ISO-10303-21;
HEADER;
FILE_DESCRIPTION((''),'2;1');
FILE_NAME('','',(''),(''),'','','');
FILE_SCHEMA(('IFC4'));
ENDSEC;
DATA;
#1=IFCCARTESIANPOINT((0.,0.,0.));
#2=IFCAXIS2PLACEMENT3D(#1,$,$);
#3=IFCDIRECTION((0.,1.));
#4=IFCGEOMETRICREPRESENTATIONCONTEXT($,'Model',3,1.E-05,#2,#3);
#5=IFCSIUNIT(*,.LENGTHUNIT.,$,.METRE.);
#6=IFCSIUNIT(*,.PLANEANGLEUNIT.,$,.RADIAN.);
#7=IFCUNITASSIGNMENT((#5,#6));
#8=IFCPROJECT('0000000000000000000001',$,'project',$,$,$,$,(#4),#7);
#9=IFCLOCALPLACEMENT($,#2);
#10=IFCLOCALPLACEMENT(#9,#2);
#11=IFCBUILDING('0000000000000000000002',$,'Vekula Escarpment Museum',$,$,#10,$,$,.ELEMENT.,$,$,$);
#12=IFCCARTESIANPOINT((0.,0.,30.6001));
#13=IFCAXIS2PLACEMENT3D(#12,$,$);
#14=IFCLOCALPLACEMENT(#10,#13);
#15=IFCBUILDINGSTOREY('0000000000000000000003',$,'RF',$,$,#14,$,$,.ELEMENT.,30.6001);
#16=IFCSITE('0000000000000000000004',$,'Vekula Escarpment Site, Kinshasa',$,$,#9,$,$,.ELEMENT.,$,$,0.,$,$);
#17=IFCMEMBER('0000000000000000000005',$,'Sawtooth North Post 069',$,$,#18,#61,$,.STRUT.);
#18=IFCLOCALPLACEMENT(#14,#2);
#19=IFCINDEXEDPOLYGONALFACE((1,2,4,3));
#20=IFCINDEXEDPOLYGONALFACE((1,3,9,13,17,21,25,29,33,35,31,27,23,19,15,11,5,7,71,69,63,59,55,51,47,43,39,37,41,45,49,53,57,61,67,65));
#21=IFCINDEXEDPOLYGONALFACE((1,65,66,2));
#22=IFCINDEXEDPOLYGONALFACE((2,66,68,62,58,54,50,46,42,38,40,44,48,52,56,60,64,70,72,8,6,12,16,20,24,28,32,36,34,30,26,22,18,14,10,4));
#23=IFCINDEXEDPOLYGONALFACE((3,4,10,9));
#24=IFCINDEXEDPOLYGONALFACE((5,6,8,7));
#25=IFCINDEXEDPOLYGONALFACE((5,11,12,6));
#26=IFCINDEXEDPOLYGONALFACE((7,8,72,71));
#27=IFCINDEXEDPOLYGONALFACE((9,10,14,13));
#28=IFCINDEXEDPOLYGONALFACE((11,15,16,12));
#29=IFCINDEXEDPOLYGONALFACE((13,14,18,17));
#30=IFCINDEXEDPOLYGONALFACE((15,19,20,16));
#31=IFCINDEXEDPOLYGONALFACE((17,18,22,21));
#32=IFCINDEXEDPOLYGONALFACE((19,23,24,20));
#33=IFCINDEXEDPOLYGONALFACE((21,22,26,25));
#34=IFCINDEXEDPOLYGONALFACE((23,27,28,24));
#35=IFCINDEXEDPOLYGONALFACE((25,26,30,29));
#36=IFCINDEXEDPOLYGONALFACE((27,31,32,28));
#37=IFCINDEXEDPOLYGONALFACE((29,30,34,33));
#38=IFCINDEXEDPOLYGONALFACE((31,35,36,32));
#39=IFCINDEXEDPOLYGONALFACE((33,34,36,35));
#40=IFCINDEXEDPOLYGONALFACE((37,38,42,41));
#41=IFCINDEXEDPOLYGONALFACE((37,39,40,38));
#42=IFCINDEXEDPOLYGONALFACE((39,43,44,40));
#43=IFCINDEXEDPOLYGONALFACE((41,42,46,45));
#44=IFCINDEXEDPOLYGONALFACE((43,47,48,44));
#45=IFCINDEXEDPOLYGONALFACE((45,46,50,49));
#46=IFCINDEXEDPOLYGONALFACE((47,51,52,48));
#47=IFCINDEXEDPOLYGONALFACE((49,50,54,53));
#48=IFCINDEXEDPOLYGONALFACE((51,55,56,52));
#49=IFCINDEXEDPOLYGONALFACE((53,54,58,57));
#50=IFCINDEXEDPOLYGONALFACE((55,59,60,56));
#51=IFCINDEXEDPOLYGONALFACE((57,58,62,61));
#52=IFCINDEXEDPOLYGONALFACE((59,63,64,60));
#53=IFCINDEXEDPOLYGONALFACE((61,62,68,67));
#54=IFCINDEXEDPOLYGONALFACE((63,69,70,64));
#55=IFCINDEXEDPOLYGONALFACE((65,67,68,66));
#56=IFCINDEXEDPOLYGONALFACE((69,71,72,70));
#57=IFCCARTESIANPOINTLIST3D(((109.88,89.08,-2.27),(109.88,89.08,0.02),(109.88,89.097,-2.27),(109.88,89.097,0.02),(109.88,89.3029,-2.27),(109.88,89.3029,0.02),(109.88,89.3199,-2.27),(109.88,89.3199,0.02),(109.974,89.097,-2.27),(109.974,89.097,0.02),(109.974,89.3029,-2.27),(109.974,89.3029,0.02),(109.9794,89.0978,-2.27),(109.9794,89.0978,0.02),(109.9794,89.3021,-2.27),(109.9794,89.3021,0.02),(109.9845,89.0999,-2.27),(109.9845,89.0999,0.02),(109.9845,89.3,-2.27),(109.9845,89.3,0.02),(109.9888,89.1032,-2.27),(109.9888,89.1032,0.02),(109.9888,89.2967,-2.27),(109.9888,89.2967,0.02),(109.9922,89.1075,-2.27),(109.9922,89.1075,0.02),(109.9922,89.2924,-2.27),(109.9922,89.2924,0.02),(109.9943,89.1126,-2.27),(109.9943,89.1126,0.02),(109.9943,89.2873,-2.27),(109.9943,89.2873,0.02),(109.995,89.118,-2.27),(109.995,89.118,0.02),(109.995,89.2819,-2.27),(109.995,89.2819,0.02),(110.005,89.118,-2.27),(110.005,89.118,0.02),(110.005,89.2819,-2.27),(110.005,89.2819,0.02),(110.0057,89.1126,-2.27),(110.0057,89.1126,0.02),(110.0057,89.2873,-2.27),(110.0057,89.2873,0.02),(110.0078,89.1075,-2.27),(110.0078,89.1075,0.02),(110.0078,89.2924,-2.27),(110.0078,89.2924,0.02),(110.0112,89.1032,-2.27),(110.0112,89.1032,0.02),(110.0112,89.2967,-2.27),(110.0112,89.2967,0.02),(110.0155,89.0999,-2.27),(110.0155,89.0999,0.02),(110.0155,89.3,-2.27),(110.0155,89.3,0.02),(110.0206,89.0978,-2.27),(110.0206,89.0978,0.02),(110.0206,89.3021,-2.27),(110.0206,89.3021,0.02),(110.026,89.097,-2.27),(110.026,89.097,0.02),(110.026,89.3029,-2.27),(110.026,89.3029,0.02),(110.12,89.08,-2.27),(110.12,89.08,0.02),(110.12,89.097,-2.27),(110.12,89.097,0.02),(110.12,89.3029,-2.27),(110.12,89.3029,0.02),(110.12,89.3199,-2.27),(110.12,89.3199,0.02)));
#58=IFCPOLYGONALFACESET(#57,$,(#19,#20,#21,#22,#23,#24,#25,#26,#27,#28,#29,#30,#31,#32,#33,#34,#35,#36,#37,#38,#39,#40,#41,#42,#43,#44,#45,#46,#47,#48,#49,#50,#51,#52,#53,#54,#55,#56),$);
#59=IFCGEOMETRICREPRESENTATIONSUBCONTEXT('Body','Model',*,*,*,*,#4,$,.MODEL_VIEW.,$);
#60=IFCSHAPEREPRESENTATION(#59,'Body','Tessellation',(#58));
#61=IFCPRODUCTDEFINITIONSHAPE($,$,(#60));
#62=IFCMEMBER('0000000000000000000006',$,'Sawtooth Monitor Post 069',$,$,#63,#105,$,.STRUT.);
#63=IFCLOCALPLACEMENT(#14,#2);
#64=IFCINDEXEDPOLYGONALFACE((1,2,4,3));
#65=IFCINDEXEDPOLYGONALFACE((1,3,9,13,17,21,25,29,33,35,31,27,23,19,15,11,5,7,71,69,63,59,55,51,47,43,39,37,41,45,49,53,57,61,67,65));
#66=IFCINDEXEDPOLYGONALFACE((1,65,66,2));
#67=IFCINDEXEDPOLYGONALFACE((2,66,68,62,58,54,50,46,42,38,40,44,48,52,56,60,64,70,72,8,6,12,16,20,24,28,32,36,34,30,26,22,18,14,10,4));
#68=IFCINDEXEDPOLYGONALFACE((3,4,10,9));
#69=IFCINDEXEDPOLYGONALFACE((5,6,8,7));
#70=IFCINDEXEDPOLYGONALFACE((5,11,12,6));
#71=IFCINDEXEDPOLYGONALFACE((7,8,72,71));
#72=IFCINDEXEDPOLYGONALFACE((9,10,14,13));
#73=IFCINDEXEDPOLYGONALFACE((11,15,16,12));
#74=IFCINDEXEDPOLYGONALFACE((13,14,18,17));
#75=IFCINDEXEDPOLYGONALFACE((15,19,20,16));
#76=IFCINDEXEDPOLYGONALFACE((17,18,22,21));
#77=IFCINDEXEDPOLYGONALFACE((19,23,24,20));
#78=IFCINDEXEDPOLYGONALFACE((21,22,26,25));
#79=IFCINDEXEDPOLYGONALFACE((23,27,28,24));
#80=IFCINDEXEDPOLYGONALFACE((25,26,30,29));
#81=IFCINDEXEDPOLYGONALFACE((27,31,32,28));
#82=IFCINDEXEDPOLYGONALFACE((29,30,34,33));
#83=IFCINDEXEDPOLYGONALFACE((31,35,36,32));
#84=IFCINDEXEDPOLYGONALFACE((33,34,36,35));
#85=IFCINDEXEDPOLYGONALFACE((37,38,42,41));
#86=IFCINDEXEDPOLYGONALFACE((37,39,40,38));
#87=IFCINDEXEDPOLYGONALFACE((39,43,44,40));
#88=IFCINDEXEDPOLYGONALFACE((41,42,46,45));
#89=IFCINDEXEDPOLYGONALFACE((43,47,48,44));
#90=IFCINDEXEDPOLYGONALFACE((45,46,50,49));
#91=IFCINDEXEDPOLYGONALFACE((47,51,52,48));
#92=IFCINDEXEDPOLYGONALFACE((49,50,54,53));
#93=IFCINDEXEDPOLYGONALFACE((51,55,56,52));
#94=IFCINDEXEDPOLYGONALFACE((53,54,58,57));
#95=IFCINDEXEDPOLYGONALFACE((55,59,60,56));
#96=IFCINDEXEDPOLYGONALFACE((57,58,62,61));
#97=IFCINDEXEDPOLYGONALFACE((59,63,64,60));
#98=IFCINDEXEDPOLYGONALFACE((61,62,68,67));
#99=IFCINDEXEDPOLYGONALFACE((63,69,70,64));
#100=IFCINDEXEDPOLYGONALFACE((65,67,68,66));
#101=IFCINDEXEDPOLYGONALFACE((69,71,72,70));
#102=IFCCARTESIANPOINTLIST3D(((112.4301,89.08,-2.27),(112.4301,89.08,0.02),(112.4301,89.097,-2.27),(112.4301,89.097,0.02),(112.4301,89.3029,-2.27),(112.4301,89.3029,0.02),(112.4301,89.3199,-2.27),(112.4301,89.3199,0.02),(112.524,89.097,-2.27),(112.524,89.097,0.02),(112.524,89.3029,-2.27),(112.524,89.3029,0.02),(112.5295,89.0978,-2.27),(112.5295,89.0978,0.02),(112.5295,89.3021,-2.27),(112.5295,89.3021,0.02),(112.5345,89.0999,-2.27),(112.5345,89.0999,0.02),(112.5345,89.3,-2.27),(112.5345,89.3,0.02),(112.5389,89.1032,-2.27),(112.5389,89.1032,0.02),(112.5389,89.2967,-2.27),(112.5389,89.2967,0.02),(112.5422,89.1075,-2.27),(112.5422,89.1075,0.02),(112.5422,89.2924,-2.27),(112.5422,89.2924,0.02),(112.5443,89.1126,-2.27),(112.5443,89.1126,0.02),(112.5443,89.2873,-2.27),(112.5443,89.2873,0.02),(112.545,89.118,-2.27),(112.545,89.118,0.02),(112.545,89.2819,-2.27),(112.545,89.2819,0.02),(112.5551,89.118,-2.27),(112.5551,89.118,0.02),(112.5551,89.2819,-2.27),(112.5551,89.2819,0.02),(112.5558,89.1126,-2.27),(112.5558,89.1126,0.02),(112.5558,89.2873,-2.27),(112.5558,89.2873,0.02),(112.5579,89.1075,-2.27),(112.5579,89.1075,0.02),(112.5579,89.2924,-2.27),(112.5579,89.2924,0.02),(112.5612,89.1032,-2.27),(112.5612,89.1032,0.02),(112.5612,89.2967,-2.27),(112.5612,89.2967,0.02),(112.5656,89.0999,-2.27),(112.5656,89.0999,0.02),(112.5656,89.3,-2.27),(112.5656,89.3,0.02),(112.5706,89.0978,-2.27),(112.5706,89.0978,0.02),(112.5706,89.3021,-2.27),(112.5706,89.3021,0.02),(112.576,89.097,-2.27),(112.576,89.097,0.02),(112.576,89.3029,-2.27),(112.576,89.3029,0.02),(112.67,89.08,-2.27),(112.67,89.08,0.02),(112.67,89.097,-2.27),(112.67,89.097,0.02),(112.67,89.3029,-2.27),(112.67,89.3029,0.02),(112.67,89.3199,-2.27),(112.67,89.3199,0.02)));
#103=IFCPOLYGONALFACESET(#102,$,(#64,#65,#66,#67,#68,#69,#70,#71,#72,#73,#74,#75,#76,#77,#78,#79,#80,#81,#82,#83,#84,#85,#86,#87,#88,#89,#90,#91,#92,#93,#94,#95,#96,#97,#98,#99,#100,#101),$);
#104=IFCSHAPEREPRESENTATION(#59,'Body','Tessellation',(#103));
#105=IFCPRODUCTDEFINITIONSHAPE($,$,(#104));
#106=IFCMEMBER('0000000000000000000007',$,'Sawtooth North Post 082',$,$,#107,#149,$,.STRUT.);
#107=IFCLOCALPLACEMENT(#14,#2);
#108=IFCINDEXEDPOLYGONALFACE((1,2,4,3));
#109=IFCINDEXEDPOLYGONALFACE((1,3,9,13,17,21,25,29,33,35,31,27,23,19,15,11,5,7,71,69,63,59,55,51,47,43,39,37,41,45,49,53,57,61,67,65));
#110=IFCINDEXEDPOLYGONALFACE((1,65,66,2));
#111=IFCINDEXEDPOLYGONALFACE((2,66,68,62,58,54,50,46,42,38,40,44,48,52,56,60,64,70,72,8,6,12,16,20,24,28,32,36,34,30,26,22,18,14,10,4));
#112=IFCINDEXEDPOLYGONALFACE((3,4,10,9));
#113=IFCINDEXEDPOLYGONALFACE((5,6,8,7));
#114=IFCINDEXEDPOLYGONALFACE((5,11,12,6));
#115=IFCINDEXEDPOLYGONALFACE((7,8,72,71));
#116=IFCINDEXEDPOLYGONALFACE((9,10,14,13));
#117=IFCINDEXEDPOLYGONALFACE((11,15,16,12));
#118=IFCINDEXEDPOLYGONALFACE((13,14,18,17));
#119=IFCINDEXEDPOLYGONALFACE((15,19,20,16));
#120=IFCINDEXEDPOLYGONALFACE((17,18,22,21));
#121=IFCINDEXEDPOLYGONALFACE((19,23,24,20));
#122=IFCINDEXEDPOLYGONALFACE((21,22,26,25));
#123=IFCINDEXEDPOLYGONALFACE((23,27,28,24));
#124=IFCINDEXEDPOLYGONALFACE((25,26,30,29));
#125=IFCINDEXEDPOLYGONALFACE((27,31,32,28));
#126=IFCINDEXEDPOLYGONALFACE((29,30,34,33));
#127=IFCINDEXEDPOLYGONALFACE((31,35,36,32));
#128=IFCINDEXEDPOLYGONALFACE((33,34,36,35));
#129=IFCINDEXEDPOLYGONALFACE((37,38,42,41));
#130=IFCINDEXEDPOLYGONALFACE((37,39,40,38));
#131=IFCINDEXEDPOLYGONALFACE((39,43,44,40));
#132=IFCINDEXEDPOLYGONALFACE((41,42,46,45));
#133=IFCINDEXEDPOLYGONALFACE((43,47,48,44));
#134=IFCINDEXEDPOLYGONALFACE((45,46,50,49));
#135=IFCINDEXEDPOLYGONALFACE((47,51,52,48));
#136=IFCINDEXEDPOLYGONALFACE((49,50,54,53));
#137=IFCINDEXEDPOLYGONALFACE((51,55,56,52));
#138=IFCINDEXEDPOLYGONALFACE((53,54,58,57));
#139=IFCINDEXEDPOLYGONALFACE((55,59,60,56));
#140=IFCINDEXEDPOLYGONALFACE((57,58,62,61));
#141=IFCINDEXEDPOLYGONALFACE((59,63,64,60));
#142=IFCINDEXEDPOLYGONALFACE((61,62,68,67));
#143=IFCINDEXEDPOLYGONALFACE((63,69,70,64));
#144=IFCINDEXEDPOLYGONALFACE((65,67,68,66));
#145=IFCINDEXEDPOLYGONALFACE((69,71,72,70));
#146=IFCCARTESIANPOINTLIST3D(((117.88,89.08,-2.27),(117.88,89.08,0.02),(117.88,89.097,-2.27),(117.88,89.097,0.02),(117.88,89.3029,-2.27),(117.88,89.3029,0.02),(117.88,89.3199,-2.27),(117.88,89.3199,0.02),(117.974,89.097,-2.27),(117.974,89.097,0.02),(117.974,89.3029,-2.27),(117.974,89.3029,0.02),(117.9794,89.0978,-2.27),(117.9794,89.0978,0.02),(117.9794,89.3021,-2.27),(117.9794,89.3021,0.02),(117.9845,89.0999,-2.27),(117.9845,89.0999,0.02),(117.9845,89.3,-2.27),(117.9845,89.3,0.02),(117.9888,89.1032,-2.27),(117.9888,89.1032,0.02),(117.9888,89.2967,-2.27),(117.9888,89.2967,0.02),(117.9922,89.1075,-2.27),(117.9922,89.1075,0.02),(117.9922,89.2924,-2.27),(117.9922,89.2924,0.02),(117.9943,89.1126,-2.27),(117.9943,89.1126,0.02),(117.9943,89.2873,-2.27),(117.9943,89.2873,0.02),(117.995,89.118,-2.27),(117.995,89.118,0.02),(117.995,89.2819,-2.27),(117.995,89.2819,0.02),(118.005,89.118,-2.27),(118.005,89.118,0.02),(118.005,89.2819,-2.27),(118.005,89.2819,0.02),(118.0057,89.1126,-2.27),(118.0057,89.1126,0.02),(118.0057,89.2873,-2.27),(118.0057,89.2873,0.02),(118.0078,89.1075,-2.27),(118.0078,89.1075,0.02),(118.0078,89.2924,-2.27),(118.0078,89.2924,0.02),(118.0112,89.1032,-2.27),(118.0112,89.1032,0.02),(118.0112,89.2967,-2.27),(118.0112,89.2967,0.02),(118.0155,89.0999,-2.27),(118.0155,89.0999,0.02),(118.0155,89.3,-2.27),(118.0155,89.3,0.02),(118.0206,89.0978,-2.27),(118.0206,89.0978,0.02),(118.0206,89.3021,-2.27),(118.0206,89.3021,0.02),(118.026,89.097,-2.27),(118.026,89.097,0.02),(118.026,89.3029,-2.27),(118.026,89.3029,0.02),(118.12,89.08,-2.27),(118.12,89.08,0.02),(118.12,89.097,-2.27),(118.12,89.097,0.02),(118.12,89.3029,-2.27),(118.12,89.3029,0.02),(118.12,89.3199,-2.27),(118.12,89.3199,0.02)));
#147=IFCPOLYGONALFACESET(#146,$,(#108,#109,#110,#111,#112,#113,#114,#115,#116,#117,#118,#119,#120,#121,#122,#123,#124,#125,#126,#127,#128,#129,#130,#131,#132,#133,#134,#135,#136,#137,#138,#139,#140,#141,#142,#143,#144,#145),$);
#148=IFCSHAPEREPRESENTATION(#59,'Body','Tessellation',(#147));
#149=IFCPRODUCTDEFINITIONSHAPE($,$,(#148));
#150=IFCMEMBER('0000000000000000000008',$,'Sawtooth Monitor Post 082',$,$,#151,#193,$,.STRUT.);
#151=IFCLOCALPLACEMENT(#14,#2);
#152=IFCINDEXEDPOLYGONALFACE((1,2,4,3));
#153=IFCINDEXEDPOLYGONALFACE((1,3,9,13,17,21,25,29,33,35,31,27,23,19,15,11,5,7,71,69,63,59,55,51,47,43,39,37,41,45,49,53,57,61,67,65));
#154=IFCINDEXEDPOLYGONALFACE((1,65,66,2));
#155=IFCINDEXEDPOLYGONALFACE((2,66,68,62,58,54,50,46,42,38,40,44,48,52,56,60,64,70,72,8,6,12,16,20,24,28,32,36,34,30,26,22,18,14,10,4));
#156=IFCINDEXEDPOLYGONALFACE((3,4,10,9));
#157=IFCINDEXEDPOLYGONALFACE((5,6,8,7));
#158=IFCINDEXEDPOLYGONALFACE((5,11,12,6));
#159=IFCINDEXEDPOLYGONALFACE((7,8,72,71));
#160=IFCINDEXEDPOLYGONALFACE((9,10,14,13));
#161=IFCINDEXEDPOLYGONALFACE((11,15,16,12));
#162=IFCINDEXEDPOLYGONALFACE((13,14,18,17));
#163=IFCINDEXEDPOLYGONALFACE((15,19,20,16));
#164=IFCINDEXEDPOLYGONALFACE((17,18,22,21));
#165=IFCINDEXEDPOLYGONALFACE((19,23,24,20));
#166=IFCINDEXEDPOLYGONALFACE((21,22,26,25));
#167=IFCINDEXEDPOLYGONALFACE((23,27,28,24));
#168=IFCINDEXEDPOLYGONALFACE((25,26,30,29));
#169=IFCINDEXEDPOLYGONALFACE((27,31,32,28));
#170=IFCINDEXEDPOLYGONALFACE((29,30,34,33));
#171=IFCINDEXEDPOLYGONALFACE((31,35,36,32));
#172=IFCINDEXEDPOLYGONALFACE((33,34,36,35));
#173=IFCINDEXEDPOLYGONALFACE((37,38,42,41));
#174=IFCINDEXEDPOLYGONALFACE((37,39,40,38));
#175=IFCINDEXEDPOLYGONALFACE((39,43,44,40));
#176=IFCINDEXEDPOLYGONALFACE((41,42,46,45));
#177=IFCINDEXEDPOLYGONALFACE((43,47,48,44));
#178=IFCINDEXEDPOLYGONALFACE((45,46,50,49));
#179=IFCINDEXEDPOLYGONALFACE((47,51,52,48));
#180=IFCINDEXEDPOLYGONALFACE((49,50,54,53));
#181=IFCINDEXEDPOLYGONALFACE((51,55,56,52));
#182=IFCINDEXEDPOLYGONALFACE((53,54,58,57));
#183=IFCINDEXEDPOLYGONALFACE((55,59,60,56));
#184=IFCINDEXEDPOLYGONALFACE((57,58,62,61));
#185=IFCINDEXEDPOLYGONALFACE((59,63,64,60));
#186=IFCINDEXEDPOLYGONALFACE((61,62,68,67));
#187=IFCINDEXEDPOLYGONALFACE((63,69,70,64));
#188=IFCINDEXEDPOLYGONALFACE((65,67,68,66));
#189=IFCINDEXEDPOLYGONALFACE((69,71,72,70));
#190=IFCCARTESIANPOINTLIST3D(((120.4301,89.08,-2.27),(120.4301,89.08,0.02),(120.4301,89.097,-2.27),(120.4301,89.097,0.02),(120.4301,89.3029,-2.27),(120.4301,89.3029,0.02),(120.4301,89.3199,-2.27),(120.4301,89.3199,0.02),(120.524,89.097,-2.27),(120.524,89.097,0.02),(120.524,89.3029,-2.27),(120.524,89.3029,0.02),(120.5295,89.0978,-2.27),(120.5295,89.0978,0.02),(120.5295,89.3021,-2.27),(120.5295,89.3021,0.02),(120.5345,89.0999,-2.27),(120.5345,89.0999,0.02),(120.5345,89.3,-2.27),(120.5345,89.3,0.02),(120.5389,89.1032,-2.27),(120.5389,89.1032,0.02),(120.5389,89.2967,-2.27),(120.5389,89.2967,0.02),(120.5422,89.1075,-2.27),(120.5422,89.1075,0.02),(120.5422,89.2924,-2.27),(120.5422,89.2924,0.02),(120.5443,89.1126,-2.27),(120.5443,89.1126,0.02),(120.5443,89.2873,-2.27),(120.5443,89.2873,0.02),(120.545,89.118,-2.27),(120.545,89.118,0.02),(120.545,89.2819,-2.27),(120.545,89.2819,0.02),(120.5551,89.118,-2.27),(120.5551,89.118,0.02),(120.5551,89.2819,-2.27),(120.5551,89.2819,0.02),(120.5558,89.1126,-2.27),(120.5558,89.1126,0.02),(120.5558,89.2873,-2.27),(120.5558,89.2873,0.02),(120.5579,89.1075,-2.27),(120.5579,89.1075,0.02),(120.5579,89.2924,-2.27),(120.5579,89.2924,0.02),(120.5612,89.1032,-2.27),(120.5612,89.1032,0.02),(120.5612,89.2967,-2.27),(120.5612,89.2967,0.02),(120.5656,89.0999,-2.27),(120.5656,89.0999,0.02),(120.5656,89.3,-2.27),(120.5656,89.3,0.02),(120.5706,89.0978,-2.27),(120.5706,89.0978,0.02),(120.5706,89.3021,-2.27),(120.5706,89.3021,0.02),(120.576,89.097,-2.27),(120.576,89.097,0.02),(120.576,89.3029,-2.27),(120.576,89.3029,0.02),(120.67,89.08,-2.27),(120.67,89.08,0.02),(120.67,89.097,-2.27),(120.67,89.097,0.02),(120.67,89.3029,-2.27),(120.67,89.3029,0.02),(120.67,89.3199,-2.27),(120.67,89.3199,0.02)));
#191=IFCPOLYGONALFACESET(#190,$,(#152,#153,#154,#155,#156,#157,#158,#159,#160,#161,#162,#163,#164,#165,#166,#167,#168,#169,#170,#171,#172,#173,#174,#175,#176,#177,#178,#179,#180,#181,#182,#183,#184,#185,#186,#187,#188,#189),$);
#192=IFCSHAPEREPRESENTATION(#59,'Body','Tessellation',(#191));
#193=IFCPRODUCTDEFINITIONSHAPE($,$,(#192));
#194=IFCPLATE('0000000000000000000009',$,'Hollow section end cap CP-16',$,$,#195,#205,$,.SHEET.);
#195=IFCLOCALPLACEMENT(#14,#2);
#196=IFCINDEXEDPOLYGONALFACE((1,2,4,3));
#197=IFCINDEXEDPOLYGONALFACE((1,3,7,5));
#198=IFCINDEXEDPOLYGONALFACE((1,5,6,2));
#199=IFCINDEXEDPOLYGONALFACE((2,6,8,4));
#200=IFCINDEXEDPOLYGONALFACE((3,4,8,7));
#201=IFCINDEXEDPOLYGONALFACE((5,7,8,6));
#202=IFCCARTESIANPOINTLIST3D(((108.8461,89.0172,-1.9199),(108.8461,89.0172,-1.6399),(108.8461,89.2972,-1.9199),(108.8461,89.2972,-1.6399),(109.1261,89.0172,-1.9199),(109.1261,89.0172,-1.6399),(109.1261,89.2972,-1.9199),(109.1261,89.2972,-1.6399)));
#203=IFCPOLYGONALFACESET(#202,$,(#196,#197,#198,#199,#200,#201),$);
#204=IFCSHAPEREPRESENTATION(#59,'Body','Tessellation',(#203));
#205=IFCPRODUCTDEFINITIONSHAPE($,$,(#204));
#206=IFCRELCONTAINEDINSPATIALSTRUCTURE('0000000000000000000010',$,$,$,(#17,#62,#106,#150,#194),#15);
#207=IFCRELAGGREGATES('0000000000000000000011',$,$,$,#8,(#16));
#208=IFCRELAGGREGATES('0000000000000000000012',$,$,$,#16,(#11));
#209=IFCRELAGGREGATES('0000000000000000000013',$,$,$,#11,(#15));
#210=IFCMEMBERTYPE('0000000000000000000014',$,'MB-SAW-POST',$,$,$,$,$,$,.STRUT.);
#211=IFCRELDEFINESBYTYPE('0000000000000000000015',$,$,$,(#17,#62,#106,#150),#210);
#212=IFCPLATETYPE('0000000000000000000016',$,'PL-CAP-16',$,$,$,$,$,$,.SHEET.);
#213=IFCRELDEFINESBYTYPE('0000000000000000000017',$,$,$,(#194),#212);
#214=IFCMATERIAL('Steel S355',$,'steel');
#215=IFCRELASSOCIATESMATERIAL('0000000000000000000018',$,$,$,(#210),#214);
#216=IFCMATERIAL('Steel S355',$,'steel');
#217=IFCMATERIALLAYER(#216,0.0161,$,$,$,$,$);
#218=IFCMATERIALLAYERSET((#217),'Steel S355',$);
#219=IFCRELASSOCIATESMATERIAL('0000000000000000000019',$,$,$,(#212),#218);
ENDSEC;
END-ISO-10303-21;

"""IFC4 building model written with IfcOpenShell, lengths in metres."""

from ifc_helpers import new_model, si_unit, direction, frame, origin, origin_2d, place, context, subcontext, project, spatial, rectangle, i_section, extrude, material, layer, layer_set, material_profile, profile_set, type_object, element, save


model = new_model("IFC4")

# Units and contexts
model_context = context("Model", 3, precision=1e-05, world=origin(), true_north=direction((0.0, 1.0)))
body_context = subcontext(model_context, "Body", "Model", "MODEL_VIEW")
ifc_project = project(units=[si_unit("LENGTHUNIT", "METRE"), si_unit("PLANEANGLEUNIT", "RADIAN")], contexts=[model_context])

# Site, building, storey
site_placement = place(None, origin())
site = spatial("IfcSite", under=ifc_project, at=site_placement, Name="Vekula Escarpment Site, Kinshasa", CompositionType="ELEMENT", RefElevation=0.0)
building_placement = place(site_placement, origin())
building = spatial("IfcBuilding", under=site, at=building_placement, Name="Vekula Escarpment Museum", CompositionType="ELEMENT")
storey_placement = place(building_placement, frame((0.0, 0.0, 30.6001)))
storey = spatial("IfcBuildingStorey", under=building, at=storey_placement, Name="RF", CompositionType="ELEMENT", Elevation=30.6001)

# Members
ifc_material_1 = material(Name="Steel S355", Category="steel")
ifc_material_profile_1 = material_profile(ifc_material_1, i_section(OverallWidth=0.24, OverallDepth=0.24, WebThickness=0.01, FlangeThickness=0.0171, FilletRadius=0.021, at=origin_2d()), Name="HEB 240")
ifc_profile_set_1 = profile_set([ifc_material_profile_1], Name="Steel S355")
member_type_1 = type_object("IfcMemberType", Name="MB-SAW-POST", PredefinedType="STRUT", material=ifc_profile_set_1)
for number, where, z_axis, x_axis, name in (
    (1, (110.0, 89.2, -2.27), (0.0, 0.0, 1.0), (1.0, 0.0, 0.0), "Sawtooth North Post 069"),
    (2, (112.55, 89.2, -2.27), (0.0, 0.0, 1.0), (1.0, 0.0, 0.0), "Sawtooth Monitor Post 069"),
    (3, (118.0, 89.2, -2.27), (0.0, 0.0, 1.0), (1.0, 0.0, 0.0), "Sawtooth North Post 082"),
    (4, (120.55, 89.2, -2.27), (0.0, 0.0, 1.0), (1.0, 0.0, 0.0), "Sawtooth Monitor Post 082"),
):
    element("IfcMember", number, at=place(storey_placement, frame(where, z_axis=z_axis, x_axis=x_axis)), inside=storey, type_object=member_type_1, Name=name, PredefinedType="STRUT", context=body_context, shape_type="SweptSolid", body=[
        extrude(i_section(OverallWidth=0.24, OverallDepth=0.24, WebThickness=0.01, FlangeThickness=0.0171, FilletRadius=0.021, at=origin_2d()), origin(), (0.0, 0.0, 1.0), 2.29),
    ])

# Plate
ifc_material_2 = material(Name="Steel S355", Category="steel")
ifc_layer_1 = layer(ifc_material_2, 0.0161)
ifc_layer_set_1 = layer_set([ifc_layer_1], Name="Steel S355")
plate_type = type_object("IfcPlateType", Name="PL-CAP-16", PredefinedType="SHEET", material=ifc_layer_set_1)
plate_1_placement = place(storey_placement, frame((108.9861, 89.1572, -1.9199), z_axis=(0.0, 0.0, 1.0), x_axis=(1.0, 0.0, 0.0)))
element("IfcPlate", 5, at=plate_1_placement, inside=storey, type_object=plate_type, Name="Hollow section end cap CP-16", PredefinedType="SHEET", context=body_context, shape_type="SweptSolid", body=[
    extrude(rectangle(XDim=0.28, YDim=0.28, at=origin_2d()), origin(), (0.0, 0.0, 1.0), 0.28),
])

save(model, "model.ifc")
